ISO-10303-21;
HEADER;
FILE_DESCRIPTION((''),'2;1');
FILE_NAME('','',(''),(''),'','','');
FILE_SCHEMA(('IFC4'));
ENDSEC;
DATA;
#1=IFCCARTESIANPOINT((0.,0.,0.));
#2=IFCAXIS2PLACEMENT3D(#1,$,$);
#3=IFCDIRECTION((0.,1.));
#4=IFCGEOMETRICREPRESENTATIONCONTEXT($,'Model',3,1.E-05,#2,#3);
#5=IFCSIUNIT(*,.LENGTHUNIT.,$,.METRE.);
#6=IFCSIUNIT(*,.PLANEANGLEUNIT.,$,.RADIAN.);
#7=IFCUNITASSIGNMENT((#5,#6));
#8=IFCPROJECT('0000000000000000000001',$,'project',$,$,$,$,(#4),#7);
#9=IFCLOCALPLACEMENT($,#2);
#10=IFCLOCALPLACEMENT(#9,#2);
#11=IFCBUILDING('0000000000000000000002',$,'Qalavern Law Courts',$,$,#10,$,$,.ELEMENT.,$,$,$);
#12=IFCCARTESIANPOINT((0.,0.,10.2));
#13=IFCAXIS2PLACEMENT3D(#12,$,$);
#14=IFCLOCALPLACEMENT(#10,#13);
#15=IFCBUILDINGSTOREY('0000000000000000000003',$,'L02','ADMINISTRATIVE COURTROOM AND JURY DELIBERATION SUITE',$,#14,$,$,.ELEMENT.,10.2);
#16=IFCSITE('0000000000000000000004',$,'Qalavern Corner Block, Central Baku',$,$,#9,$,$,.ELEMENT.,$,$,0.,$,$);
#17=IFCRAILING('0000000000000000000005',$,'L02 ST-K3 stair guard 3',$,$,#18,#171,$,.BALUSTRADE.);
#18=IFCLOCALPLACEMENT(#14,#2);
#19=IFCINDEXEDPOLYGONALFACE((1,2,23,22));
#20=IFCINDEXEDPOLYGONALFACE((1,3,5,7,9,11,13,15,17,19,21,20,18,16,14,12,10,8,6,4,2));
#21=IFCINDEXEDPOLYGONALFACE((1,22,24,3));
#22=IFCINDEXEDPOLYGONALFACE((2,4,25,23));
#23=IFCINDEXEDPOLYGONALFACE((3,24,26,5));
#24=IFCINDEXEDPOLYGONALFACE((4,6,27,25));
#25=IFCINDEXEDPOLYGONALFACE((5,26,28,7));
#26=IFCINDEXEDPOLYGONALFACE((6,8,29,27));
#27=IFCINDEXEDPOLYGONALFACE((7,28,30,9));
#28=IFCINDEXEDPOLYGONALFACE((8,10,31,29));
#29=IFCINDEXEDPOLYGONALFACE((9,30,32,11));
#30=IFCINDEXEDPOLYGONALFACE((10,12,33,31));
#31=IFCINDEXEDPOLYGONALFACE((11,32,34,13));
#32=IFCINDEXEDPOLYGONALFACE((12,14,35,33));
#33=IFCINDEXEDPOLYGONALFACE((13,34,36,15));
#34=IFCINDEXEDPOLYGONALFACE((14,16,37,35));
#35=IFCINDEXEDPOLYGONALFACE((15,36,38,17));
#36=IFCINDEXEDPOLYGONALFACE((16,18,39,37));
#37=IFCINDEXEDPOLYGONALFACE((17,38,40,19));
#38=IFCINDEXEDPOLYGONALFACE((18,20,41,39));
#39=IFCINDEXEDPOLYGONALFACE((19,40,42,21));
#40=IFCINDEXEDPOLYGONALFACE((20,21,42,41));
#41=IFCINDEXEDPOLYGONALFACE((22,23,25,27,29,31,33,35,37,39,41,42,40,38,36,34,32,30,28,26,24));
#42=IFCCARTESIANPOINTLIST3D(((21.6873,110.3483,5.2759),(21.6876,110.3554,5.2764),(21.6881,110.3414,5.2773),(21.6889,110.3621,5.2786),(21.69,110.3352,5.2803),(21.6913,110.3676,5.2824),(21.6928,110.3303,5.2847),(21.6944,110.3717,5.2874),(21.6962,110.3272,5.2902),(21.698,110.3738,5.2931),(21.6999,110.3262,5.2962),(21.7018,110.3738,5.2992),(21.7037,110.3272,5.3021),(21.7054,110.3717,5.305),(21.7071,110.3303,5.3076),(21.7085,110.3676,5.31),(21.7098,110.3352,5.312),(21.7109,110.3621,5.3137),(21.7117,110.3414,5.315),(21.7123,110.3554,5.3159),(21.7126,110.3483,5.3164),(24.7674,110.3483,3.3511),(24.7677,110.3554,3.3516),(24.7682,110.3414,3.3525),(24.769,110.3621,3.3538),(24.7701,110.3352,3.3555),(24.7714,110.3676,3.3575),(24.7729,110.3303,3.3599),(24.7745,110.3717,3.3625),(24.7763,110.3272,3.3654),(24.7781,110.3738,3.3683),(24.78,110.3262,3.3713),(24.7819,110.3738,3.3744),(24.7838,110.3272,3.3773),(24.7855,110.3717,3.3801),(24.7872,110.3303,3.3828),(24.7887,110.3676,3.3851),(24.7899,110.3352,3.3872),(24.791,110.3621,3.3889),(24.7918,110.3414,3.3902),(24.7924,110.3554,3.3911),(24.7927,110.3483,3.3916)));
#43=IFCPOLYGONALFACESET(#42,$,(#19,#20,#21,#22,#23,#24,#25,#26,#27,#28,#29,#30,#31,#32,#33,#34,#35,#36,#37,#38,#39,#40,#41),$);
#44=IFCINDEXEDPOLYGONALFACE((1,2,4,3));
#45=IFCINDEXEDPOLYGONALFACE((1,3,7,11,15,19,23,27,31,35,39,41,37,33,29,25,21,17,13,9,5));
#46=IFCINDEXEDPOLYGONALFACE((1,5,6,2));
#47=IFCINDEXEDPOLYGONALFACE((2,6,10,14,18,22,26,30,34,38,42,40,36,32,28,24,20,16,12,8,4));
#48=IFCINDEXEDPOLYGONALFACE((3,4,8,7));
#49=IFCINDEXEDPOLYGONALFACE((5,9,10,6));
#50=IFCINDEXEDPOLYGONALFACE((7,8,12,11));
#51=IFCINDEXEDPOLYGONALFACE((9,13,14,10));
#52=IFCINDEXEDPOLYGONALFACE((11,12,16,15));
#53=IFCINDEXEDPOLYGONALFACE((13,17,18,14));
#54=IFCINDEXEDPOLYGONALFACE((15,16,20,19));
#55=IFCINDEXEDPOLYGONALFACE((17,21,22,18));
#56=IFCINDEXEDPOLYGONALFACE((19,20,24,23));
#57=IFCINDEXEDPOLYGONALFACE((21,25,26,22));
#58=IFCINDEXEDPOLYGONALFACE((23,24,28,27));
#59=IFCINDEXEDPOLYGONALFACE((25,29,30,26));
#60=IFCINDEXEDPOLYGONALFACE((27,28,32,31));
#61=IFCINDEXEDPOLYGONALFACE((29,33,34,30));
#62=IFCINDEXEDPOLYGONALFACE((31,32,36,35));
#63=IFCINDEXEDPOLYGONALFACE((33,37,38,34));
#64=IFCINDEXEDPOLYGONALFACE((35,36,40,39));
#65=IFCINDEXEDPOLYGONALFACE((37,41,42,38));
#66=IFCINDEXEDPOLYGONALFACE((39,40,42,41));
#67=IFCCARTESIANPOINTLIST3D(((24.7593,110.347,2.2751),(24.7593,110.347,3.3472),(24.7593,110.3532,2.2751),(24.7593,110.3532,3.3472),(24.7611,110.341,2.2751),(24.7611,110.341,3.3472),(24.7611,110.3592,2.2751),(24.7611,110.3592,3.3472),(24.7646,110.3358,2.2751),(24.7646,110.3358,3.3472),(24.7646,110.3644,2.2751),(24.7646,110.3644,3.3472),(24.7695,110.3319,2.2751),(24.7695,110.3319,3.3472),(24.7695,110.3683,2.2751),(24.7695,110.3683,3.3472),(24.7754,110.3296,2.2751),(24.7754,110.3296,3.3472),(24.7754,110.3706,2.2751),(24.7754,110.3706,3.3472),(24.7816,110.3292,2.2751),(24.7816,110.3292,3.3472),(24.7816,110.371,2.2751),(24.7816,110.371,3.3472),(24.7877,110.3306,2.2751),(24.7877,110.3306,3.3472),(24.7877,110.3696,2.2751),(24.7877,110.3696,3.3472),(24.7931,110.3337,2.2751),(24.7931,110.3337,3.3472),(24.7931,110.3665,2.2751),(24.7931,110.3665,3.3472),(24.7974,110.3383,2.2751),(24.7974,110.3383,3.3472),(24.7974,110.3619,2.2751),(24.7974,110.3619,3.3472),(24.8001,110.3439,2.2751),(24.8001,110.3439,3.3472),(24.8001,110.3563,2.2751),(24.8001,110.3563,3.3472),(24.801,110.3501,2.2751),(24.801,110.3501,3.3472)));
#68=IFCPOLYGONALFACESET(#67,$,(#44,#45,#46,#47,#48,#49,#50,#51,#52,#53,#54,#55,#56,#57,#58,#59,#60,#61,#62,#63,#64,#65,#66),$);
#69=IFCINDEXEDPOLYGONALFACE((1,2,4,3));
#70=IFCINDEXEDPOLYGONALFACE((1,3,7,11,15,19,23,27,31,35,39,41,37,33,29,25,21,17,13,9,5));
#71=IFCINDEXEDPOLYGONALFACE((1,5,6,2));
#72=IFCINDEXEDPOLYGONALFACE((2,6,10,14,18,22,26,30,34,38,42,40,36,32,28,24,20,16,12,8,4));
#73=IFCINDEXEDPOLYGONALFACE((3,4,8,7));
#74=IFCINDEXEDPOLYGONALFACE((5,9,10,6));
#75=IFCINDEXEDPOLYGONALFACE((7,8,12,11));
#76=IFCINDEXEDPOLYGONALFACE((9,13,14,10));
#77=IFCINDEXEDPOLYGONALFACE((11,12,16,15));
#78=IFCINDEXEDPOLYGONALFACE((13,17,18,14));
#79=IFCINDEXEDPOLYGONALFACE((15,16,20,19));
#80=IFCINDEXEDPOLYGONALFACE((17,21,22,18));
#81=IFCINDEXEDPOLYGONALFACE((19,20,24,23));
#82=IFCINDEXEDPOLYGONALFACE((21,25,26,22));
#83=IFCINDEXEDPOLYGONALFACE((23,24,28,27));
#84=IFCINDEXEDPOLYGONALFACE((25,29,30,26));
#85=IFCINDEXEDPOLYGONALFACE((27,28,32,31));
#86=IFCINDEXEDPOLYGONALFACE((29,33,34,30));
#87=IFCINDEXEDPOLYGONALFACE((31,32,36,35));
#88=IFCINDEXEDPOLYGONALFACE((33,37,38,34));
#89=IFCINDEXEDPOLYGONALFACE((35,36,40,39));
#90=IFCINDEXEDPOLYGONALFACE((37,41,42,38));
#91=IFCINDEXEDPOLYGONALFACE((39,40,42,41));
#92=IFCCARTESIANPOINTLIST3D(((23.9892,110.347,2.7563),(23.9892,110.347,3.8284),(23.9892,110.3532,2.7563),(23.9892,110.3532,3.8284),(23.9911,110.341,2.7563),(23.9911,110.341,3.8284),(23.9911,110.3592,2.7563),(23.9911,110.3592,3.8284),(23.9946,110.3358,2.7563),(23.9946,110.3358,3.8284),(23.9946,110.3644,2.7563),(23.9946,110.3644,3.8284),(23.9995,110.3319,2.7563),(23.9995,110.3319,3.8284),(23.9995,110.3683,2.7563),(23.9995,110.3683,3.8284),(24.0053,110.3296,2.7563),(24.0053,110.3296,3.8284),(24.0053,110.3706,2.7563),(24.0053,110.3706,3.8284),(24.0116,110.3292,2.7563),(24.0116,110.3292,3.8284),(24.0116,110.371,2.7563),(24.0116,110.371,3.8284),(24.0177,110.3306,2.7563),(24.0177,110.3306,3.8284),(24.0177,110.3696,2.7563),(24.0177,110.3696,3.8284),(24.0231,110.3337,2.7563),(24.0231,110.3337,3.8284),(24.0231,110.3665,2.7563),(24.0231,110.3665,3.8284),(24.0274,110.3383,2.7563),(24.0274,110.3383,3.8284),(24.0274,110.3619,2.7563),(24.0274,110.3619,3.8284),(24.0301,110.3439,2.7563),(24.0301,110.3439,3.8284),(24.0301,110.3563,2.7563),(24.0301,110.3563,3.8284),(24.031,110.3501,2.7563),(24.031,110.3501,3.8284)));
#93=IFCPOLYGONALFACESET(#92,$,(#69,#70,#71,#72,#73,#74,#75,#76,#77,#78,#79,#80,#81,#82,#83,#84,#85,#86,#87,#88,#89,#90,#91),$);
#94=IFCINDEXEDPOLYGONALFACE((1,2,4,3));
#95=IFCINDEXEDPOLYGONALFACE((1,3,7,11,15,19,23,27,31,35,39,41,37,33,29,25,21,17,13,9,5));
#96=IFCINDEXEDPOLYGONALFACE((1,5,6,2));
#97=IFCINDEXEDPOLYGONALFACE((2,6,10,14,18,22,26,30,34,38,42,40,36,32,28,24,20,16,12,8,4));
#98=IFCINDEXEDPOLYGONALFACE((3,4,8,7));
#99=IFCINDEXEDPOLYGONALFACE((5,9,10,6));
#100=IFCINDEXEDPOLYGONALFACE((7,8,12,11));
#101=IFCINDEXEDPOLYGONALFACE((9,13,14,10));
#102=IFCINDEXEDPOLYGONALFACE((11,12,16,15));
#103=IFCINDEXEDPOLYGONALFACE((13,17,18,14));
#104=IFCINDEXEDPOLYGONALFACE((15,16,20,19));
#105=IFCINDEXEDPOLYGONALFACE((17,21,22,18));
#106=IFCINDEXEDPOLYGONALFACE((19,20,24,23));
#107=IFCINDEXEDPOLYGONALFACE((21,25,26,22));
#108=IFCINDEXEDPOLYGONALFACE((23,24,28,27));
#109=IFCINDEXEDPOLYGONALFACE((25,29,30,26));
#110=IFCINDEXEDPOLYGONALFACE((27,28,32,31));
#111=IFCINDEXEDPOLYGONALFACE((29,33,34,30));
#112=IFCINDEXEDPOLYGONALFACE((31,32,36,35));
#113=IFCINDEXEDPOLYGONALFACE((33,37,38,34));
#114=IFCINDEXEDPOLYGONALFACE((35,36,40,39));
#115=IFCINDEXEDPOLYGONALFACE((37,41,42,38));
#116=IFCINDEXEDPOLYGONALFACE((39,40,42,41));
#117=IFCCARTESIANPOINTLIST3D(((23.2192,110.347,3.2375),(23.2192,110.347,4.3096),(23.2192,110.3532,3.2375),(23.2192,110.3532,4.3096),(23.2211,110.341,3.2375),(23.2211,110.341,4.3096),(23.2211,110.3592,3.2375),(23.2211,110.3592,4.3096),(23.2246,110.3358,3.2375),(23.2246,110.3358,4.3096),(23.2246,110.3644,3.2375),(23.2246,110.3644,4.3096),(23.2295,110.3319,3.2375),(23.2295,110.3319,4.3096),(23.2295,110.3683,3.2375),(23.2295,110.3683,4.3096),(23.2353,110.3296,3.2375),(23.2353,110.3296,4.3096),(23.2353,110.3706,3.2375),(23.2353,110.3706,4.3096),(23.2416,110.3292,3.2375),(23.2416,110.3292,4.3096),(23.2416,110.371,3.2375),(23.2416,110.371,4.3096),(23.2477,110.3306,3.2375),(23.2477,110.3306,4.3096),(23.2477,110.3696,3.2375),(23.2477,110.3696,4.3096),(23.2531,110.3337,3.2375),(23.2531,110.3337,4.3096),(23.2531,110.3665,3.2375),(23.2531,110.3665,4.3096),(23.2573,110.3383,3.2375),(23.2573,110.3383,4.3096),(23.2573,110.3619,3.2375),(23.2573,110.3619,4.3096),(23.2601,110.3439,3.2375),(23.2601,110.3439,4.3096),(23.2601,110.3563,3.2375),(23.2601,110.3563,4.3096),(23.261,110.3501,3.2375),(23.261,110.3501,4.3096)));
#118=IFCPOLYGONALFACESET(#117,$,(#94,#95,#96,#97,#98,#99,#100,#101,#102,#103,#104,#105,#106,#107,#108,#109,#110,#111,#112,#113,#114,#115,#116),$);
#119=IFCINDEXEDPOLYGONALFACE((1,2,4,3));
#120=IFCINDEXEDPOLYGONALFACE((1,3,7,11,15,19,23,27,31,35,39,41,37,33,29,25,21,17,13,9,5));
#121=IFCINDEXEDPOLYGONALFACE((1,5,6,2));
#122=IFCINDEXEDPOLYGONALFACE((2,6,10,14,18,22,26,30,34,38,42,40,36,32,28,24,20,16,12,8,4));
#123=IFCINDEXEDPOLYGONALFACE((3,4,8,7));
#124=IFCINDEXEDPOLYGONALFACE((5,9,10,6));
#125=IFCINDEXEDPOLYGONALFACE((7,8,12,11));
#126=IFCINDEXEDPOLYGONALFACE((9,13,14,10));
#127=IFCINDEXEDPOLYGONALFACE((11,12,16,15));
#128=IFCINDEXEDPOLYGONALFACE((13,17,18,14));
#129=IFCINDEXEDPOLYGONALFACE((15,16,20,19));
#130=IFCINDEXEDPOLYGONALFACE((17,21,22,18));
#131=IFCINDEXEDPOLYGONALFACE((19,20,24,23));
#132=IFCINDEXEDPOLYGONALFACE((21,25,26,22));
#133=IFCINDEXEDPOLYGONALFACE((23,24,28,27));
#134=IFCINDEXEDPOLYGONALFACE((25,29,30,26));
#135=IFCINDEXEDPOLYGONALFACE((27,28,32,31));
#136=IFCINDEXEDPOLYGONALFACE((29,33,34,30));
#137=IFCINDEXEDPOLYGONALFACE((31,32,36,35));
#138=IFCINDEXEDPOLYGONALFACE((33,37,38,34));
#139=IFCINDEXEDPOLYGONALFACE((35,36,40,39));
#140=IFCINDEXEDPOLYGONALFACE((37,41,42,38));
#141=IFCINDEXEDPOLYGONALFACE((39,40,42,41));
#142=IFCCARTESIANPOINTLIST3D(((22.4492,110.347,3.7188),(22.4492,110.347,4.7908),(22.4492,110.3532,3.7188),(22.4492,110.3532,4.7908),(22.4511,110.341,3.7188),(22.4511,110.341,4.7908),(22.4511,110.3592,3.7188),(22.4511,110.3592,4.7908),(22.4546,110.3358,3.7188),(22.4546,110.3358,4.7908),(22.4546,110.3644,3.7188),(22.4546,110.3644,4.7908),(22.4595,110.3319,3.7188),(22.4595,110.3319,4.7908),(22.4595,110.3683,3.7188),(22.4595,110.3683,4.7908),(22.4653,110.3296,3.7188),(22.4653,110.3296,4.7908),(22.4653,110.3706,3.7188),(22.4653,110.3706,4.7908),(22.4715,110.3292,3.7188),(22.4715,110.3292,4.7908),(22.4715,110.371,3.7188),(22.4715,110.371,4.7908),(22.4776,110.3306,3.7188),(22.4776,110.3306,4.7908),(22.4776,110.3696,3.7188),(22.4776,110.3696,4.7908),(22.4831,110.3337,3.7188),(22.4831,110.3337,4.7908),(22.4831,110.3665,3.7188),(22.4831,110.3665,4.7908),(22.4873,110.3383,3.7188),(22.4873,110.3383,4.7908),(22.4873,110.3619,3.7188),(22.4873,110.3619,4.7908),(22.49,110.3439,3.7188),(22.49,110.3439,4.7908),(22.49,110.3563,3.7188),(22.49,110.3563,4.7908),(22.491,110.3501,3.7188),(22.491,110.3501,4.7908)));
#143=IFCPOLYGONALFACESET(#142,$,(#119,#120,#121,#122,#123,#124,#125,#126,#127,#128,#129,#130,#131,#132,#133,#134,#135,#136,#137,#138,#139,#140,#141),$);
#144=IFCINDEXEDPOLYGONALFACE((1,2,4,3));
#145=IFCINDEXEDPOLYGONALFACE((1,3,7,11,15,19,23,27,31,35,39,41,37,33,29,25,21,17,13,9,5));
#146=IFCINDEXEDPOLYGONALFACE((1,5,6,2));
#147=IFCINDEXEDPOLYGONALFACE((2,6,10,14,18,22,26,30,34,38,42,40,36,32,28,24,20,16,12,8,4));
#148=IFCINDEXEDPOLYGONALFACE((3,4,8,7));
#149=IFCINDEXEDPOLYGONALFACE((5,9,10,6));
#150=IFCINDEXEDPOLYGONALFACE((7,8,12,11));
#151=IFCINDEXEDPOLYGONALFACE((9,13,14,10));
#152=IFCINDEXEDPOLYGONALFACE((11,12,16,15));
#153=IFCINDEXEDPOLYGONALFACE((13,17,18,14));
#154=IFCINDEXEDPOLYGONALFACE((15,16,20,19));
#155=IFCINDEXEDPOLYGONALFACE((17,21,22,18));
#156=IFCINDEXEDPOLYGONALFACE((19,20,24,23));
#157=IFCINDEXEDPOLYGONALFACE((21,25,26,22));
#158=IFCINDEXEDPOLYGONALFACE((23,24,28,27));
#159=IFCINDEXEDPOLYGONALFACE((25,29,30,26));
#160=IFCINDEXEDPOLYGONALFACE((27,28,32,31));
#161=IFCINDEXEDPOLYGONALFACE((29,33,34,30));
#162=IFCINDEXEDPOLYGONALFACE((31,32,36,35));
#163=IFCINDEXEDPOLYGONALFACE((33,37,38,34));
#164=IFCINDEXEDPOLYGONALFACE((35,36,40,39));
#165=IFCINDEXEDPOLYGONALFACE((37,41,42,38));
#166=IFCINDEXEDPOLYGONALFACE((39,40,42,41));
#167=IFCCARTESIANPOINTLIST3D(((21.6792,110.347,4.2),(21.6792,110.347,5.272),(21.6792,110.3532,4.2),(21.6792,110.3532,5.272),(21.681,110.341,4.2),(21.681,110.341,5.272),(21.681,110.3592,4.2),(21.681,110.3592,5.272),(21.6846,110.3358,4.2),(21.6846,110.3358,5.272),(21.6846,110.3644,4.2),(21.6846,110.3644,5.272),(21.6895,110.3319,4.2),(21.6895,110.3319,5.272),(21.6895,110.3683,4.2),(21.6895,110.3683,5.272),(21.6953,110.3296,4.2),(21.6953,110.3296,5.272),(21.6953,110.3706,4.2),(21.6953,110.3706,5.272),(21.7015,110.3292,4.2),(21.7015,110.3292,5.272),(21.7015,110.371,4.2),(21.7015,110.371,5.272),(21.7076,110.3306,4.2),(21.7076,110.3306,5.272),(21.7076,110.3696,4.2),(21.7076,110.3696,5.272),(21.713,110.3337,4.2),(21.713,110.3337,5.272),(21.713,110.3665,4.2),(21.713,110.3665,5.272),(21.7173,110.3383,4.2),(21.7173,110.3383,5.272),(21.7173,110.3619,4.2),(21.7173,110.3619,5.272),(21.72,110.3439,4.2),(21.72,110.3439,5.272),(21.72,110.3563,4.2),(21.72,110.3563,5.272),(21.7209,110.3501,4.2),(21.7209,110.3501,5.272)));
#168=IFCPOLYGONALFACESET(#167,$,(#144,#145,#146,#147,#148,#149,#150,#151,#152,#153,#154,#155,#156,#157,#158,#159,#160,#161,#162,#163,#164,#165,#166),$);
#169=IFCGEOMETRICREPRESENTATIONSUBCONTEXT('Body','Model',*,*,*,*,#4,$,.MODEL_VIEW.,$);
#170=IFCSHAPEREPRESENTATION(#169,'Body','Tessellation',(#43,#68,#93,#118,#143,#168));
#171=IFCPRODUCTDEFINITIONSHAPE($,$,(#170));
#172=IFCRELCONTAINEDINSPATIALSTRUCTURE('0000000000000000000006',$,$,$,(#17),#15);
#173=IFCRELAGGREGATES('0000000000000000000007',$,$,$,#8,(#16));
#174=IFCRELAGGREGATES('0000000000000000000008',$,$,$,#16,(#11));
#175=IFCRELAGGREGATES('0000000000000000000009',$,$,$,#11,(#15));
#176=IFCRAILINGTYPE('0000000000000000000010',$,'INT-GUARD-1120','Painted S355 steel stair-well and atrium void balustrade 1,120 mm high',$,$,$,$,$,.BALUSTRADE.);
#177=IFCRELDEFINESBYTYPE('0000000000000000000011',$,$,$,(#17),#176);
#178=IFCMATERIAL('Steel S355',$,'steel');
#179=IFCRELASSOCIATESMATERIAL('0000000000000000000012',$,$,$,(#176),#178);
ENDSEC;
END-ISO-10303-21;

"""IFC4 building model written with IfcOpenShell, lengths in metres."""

from ifc_helpers import new_model, si_unit, direction, frame, origin, origin_2d, place, context, subcontext, project, spatial, circle, extrude, material, type_object, element, save


model = new_model("IFC4")

# Units and contexts
model_context = context("Model", 3, precision=1e-05, world=origin(), true_north=direction((0.0, 1.0)))
body_context = subcontext(model_context, "Body", "Model", "MODEL_VIEW")
ifc_project = project(units=[si_unit("LENGTHUNIT", "METRE"), si_unit("PLANEANGLEUNIT", "RADIAN")], contexts=[model_context])

# Site, building, storey
site_placement = place(None, origin())
site = spatial("IfcSite", under=ifc_project, at=site_placement, Name="Qalavern Corner Block, Central Baku", CompositionType="ELEMENT", RefElevation=0.0)
building_placement = place(site_placement, origin())
building = spatial("IfcBuilding", under=site, at=building_placement, Name="Qalavern Law Courts", CompositionType="ELEMENT")
storey_placement = place(building_placement, frame((0.0, 0.0, 10.2)))
storey = spatial("IfcBuildingStorey", under=building, at=storey_placement, Name="L02", Description="ADMINISTRATIVE COURTROOM AND JURY DELIBERATION SUITE", CompositionType="ELEMENT", Elevation=10.2)

# Shared definitions
ifc_material_1 = material(Name="Steel S355", Category="steel")

# Railing
railing_type_1 = type_object("IfcRailingType", Name="INT-GUARD-1120", Description="Painted S355 steel stair-well and atrium void balustrade 1,120 mm high", PredefinedType="BALUSTRADE", material=ifc_material_1)
railing_1_placement = place(storey_placement, frame((24.78, 110.3501, 2.2751)))
element("IfcRailing", 1, at=railing_1_placement, inside=storey, type_object=railing_type_1, Name="L02 ST-K3 stair guard 3", PredefinedType="BALUSTRADE", context=body_context, shape_type="SweptSolid", body=[
    extrude(circle(Radius=0.0239, at=origin_2d()), frame((0.0, 0.0, 1.0962), z_axis=(-0.848029, 0.0, 0.529951), x_axis=(0.0, -1.0, 0.0)), (0.0, 0.0, 1.0), 3.6321),
    extrude(circle(Radius=0.021, at=origin_2d()), origin(), (0.0, 0.0, 1.0), 1.072),
    extrude(circle(Radius=0.021, at=origin_2d()), frame((-0.77, 0.0, 0.4812)), (0.0, 0.0, 1.0), 1.072),
    extrude(circle(Radius=0.021, at=origin_2d()), frame((-1.54, 0.0, 0.9624)), (0.0, 0.0, 1.0), 1.072),
    extrude(circle(Radius=0.021, at=origin_2d()), frame((-2.3101, 0.0, 1.4436)), (0.0, 0.0, 1.0), 1.072),
    extrude(circle(Radius=0.021, at=origin_2d()), frame((-3.0801, 0.0, 1.9248)), (0.0, 0.0, 1.0), 1.072),
])

save(model, "model.ifc")
